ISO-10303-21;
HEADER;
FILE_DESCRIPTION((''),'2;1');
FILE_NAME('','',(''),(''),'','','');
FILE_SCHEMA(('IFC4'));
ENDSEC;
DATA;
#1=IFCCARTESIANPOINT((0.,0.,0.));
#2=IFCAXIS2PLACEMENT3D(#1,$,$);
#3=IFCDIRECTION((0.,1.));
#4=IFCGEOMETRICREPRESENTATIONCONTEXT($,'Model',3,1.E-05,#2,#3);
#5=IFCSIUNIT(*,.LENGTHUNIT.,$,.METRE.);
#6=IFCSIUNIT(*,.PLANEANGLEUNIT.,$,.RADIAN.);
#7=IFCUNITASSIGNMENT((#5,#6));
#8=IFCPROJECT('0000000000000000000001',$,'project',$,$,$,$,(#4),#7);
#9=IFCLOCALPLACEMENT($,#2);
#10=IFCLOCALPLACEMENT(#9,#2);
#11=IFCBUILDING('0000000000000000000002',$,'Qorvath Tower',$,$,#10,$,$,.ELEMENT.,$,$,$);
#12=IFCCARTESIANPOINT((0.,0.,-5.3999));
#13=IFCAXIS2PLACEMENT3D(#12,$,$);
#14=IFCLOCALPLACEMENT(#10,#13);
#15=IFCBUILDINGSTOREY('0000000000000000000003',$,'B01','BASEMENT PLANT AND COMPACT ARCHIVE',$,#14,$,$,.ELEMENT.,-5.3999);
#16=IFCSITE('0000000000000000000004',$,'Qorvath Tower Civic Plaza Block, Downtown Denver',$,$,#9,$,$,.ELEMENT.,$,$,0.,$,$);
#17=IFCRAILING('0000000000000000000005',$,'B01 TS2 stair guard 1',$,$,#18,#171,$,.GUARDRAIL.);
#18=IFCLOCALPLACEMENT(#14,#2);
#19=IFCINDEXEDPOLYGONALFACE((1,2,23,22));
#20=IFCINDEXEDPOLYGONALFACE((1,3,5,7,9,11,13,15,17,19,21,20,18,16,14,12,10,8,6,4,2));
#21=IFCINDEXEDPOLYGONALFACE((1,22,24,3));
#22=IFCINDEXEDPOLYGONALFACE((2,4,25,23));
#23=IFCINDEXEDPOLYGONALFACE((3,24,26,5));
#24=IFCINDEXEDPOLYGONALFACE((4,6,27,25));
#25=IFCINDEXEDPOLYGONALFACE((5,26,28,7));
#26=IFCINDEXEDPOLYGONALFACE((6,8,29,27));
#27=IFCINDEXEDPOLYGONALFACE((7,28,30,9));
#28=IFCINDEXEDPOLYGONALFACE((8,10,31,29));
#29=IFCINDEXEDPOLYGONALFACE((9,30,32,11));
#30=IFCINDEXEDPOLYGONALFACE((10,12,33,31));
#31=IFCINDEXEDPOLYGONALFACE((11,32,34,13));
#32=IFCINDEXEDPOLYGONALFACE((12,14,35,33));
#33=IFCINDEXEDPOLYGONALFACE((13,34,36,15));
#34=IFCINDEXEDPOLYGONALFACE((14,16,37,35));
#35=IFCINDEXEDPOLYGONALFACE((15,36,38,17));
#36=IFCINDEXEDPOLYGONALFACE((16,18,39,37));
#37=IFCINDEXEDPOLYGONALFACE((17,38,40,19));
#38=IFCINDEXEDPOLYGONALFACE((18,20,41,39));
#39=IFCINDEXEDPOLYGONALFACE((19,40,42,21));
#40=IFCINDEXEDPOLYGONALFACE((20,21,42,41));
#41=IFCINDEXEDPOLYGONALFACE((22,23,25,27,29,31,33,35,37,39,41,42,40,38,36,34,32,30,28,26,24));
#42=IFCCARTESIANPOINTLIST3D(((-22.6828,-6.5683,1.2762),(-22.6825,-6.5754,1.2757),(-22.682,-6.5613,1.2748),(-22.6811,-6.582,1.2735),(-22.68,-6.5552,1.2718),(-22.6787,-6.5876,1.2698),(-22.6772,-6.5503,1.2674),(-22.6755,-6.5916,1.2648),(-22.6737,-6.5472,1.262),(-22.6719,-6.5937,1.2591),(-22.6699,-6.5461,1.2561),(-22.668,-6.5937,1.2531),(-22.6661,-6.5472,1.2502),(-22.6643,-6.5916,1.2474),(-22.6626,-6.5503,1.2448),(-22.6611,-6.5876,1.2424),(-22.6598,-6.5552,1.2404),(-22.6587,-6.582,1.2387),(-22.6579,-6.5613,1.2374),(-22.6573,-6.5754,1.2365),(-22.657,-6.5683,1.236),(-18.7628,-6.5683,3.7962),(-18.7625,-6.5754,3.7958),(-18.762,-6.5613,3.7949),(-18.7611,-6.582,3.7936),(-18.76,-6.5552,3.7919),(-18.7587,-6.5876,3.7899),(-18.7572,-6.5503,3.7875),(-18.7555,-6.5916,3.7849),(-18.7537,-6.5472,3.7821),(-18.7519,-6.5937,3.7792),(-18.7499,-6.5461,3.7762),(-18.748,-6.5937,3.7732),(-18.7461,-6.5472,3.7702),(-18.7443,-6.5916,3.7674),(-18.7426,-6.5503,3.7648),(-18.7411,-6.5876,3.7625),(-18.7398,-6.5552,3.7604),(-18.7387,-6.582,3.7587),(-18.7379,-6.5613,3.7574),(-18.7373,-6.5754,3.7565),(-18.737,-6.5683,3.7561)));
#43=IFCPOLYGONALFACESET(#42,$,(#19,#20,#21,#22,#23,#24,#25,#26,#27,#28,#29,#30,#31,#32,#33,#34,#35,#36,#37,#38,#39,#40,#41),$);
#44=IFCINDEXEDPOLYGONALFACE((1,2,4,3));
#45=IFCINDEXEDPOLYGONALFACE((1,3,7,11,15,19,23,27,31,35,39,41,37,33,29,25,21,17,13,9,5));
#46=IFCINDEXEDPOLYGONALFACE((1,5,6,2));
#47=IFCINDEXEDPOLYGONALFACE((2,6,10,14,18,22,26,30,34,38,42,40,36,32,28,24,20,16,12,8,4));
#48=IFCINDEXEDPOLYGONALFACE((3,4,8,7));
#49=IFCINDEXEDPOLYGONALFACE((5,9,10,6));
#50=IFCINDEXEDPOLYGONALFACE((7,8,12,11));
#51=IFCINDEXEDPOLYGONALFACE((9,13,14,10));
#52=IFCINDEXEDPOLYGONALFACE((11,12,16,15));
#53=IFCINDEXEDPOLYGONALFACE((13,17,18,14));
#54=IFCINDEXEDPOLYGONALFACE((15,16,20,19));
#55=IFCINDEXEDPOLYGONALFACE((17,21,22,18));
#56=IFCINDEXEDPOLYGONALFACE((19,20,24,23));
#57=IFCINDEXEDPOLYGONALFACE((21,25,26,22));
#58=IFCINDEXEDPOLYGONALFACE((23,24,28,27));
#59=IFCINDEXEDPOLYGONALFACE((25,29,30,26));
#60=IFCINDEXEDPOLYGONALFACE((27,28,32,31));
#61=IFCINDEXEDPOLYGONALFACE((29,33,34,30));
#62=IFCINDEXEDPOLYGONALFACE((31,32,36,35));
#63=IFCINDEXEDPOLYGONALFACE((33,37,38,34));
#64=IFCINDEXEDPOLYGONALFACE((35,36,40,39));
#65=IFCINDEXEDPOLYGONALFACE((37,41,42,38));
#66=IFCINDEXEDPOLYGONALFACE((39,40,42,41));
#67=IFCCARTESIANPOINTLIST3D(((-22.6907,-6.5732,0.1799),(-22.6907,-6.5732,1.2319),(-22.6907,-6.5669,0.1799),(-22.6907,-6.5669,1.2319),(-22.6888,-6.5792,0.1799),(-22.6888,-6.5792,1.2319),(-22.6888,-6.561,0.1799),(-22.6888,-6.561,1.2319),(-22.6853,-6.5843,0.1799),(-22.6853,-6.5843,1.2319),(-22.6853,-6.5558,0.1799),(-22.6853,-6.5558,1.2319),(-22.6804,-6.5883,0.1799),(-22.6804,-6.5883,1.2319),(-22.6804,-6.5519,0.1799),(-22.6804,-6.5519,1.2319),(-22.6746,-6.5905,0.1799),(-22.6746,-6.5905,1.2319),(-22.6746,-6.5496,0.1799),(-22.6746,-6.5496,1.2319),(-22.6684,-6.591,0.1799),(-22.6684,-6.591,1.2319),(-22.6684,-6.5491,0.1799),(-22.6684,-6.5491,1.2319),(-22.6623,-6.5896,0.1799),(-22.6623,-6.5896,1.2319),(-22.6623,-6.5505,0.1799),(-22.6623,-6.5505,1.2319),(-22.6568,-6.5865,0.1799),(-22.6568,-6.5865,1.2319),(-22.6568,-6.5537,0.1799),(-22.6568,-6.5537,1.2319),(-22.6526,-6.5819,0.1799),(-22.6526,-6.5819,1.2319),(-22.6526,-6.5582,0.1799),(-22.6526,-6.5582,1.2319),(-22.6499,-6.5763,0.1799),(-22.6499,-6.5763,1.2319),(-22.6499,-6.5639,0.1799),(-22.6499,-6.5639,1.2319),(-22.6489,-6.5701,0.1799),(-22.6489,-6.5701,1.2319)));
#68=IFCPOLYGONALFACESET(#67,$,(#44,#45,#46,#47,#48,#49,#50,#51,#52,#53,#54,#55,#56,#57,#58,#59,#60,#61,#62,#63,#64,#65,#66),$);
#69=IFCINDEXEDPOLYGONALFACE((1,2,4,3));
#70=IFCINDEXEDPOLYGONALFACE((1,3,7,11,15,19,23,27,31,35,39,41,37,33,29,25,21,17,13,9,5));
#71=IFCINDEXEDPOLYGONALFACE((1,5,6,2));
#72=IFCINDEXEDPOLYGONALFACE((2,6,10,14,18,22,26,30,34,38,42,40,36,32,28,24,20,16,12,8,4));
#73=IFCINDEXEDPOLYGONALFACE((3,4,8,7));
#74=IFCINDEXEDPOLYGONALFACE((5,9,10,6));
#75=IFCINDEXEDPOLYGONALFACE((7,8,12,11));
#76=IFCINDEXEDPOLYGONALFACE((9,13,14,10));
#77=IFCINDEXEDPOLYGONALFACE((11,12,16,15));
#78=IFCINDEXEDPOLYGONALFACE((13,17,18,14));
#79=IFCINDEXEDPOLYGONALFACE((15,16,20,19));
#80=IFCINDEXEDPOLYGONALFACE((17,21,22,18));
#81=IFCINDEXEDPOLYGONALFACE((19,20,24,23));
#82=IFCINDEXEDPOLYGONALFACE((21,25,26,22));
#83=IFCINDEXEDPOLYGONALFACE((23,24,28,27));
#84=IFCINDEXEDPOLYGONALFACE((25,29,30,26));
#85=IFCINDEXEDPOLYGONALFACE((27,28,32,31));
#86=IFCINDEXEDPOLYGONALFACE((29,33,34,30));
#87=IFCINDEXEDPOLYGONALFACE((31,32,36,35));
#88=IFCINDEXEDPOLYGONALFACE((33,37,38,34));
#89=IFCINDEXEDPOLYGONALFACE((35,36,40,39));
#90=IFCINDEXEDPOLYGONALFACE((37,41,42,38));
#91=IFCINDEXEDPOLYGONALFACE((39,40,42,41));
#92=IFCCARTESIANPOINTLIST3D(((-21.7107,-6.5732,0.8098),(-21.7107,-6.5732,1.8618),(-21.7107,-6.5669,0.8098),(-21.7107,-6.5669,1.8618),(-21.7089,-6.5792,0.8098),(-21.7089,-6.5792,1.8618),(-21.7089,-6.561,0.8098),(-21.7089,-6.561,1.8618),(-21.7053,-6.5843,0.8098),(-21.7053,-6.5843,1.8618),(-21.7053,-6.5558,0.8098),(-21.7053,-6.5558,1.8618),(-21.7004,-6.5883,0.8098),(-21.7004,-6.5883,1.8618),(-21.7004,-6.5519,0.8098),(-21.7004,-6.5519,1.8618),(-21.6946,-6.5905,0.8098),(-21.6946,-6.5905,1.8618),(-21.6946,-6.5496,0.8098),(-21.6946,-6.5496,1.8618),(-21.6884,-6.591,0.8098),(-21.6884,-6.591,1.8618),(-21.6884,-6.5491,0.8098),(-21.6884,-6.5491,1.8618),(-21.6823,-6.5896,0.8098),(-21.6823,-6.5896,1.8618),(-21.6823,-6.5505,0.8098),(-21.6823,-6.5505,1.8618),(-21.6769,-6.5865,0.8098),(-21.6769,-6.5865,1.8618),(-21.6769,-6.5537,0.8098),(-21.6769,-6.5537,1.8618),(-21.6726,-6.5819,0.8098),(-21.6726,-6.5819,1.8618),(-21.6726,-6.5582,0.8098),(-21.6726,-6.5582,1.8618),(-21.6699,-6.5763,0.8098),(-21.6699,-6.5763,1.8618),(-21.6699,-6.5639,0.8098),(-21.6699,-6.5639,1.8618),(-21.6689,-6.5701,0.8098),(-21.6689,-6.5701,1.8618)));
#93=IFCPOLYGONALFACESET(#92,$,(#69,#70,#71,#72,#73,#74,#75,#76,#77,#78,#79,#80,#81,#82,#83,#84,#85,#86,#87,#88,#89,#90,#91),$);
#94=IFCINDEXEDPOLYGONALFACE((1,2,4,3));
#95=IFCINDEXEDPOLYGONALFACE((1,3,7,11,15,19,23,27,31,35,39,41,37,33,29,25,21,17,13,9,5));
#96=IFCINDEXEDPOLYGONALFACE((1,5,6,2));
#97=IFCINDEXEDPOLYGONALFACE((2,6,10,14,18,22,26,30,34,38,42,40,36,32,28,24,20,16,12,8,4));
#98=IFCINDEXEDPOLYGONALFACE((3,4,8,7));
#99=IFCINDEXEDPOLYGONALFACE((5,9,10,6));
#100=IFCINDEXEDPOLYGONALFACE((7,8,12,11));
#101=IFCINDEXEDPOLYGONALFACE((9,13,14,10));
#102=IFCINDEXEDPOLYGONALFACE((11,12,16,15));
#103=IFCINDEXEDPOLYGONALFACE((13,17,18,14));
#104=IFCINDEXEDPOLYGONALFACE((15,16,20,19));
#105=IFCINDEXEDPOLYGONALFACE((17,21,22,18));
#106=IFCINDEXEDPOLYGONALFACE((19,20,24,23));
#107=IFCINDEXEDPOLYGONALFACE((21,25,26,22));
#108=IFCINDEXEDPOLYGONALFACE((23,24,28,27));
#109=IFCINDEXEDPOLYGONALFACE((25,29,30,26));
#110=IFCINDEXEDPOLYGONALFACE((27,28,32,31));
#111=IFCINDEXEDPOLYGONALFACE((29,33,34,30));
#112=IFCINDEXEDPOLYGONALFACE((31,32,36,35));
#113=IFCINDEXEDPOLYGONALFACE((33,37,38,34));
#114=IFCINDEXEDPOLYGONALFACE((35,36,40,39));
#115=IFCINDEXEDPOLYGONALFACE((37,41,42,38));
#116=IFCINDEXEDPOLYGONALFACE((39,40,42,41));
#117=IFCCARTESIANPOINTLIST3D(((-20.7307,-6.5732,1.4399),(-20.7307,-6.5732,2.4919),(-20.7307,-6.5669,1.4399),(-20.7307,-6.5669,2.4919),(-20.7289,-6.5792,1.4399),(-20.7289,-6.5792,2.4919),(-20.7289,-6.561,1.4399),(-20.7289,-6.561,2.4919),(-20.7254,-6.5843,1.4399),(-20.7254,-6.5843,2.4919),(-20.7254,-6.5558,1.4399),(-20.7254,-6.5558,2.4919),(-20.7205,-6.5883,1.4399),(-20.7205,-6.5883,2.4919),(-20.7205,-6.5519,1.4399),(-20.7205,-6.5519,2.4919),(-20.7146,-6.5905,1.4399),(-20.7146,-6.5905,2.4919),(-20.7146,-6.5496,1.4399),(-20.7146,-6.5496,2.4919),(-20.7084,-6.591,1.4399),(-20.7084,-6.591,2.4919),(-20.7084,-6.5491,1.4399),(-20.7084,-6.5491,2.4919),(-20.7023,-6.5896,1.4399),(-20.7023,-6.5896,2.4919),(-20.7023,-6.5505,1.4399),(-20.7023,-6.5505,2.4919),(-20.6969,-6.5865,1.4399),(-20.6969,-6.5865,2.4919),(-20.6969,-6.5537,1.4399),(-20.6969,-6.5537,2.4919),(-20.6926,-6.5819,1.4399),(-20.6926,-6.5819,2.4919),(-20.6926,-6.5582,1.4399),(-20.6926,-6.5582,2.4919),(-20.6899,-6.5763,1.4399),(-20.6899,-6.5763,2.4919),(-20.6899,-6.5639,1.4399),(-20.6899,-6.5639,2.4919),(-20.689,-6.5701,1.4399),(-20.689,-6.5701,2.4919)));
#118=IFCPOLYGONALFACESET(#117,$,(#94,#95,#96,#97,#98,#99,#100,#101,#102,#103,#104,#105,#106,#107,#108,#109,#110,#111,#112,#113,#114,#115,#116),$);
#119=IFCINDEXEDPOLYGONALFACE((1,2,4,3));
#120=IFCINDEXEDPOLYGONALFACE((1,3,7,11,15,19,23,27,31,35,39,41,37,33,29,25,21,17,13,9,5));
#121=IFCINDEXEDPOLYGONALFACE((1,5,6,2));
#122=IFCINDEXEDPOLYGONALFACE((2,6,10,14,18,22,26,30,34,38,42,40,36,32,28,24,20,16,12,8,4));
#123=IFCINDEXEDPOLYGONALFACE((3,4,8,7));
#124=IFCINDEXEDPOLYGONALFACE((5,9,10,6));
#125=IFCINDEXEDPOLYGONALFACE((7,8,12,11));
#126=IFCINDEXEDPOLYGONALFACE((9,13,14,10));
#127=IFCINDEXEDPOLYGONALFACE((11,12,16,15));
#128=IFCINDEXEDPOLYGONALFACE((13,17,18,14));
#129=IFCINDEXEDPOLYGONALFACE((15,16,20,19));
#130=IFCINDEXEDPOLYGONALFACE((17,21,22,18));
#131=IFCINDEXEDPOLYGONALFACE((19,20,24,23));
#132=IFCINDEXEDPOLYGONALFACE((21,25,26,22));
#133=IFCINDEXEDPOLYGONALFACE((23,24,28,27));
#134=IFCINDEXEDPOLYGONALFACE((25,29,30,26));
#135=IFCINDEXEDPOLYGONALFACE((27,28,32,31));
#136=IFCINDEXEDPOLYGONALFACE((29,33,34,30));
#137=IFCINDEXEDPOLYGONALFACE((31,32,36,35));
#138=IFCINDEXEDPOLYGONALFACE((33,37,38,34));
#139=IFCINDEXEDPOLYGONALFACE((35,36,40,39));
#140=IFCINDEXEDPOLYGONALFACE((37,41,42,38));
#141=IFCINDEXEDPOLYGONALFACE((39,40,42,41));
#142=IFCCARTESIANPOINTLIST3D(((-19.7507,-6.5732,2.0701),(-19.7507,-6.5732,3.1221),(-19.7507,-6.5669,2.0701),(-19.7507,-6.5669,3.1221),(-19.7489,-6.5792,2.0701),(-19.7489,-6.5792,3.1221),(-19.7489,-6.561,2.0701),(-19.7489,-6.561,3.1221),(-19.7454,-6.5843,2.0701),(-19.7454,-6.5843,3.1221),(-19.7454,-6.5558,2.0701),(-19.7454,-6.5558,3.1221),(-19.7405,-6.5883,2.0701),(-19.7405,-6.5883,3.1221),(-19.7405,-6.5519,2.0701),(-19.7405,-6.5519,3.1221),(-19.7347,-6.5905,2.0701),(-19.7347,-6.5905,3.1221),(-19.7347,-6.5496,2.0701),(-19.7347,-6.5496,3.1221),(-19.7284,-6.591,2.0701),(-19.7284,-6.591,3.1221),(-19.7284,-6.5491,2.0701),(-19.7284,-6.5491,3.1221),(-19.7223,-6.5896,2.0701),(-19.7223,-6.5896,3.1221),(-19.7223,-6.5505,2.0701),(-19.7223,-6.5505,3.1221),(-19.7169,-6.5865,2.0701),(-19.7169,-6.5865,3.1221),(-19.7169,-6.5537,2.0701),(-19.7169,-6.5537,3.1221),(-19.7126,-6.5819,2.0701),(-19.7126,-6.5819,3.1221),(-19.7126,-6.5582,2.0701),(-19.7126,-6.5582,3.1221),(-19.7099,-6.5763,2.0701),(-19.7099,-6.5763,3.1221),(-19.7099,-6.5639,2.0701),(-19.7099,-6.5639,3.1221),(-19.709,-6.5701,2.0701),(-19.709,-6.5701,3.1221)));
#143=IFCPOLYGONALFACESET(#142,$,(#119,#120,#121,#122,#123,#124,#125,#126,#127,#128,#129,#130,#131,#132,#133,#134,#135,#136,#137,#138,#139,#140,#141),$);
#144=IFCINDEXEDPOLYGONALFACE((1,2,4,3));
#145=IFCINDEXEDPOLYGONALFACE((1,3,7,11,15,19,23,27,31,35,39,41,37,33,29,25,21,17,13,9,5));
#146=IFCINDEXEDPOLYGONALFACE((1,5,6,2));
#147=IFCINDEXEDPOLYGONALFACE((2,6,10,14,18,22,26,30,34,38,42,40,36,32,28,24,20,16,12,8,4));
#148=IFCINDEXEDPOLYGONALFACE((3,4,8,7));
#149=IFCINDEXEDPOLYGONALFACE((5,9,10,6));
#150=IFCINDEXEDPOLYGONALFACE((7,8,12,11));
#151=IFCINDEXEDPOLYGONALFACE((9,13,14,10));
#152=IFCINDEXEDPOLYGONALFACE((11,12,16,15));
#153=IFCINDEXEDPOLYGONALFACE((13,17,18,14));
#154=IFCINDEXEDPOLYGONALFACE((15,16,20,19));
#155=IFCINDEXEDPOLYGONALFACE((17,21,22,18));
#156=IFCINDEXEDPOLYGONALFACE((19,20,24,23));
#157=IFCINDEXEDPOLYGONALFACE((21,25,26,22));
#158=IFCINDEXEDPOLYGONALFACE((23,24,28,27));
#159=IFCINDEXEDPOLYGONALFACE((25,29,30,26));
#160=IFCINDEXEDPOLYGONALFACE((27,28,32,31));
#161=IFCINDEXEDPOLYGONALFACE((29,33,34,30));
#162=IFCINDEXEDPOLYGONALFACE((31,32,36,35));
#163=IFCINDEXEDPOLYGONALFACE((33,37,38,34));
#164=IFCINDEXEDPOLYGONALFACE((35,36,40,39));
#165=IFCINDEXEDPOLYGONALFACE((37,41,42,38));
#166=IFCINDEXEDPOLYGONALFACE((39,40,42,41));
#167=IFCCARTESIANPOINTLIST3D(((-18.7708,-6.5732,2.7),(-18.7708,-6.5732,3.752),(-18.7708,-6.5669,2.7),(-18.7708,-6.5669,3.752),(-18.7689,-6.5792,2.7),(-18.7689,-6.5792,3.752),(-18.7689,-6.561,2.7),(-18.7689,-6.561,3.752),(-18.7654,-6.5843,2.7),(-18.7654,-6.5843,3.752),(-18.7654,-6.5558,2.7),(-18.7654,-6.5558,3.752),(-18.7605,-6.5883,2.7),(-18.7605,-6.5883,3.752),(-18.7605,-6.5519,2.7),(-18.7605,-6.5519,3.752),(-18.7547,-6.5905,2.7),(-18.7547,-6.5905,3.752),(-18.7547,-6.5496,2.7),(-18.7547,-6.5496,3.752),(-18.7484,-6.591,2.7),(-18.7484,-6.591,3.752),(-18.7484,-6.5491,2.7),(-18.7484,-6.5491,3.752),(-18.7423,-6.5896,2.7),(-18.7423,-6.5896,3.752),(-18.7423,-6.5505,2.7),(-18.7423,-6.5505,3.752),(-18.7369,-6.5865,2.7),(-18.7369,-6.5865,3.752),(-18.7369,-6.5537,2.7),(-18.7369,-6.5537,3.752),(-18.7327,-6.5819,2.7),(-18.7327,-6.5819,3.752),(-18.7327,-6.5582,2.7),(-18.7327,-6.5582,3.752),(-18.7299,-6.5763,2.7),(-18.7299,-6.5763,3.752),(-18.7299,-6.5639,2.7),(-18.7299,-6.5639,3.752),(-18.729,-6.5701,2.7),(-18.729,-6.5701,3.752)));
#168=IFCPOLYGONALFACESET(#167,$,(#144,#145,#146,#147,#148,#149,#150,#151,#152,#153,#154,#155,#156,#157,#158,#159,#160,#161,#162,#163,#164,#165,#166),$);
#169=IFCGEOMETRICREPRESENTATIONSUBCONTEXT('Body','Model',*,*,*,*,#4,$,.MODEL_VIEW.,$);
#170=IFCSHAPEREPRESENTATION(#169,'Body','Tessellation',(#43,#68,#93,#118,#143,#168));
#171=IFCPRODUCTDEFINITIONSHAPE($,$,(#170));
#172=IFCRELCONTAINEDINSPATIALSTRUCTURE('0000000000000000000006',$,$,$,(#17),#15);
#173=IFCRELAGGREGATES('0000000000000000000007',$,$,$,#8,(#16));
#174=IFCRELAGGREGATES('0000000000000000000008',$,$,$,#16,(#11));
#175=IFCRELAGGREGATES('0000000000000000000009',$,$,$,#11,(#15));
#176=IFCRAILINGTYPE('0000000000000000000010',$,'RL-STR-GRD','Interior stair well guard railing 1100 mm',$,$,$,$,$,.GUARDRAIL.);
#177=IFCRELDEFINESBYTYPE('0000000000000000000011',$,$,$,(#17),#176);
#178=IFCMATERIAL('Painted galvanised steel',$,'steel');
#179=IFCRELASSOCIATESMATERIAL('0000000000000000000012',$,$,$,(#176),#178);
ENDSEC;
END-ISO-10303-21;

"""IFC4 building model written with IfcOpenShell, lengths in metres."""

from ifc_helpers import new_model, si_unit, direction, frame, origin, origin_2d, place, context, subcontext, project, spatial, circle, extrude, material, type_object, element, save


model = new_model("IFC4")

# Units and contexts
model_context = context("Model", 3, precision=1e-05, world=origin(), true_north=direction((0.0, 1.0)))
body_context = subcontext(model_context, "Body", "Model", "MODEL_VIEW")
ifc_project = project(units=[si_unit("LENGTHUNIT", "METRE"), si_unit("PLANEANGLEUNIT", "RADIAN")], contexts=[model_context])

# Site, building, storey
site_placement = place(None, origin())
site = spatial("IfcSite", under=ifc_project, at=site_placement, Name="Qorvath Tower Civic Plaza Block, Downtown Denver", CompositionType="ELEMENT", RefElevation=0.0)
building_placement = place(site_placement, origin())
building = spatial("IfcBuilding", under=site, at=building_placement, Name="Qorvath Tower", CompositionType="ELEMENT")
storey_placement = place(building_placement, frame((0.0, 0.0, -5.3999)))
storey = spatial("IfcBuildingStorey", under=building, at=storey_placement, Name="B01", Description="BASEMENT PLANT AND COMPACT ARCHIVE", CompositionType="ELEMENT", Elevation=-5.3999)

# Railing
ifc_material_1 = material(Name="Painted galvanised steel", Category="steel")
railing_type_1 = type_object("IfcRailingType", Name="RL-STR-GRD", Description="Interior stair well guard railing 1100 mm", PredefinedType="GUARDRAIL", material=ifc_material_1)
railing_1_placement = place(storey_placement, frame((-22.6699, -6.5701, 0.1799)))
element("IfcRailing", 1, at=railing_1_placement, inside=storey, type_object=railing_type_1, Name="B01 TS2 stair guard 1", PredefinedType="GUARDRAIL", context=body_context, shape_type="SweptSolid", body=[
    extrude(circle(Radius=0.0239, at=origin_2d()), frame((0.0, 0.0, 1.0762), z_axis=(0.841172, 0.0, 0.540768), x_axis=(0.0, 1.0, 0.0)), (0.0, 0.0, 1.0), 4.6602),
    extrude(circle(Radius=0.021, at=origin_2d()), origin(), (0.0, 0.0, 1.0), 1.052),
    extrude(circle(Radius=0.021, at=origin_2d()), frame((0.98, 0.0, 0.6299)), (0.0, 0.0, 1.0), 1.052),
    extrude(circle(Radius=0.021, at=origin_2d()), frame((1.96, 0.0, 1.26)), (0.0, 0.0, 1.0), 1.052),
    extrude(circle(Radius=0.021, at=origin_2d()), frame((2.9399, 0.0, 1.8901)), (0.0, 0.0, 1.0), 1.052),
    extrude(circle(Radius=0.021, at=origin_2d()), frame((3.9199, 0.0, 2.52)), (0.0, 0.0, 1.0), 1.052),
])

save(model, "model.ifc")
